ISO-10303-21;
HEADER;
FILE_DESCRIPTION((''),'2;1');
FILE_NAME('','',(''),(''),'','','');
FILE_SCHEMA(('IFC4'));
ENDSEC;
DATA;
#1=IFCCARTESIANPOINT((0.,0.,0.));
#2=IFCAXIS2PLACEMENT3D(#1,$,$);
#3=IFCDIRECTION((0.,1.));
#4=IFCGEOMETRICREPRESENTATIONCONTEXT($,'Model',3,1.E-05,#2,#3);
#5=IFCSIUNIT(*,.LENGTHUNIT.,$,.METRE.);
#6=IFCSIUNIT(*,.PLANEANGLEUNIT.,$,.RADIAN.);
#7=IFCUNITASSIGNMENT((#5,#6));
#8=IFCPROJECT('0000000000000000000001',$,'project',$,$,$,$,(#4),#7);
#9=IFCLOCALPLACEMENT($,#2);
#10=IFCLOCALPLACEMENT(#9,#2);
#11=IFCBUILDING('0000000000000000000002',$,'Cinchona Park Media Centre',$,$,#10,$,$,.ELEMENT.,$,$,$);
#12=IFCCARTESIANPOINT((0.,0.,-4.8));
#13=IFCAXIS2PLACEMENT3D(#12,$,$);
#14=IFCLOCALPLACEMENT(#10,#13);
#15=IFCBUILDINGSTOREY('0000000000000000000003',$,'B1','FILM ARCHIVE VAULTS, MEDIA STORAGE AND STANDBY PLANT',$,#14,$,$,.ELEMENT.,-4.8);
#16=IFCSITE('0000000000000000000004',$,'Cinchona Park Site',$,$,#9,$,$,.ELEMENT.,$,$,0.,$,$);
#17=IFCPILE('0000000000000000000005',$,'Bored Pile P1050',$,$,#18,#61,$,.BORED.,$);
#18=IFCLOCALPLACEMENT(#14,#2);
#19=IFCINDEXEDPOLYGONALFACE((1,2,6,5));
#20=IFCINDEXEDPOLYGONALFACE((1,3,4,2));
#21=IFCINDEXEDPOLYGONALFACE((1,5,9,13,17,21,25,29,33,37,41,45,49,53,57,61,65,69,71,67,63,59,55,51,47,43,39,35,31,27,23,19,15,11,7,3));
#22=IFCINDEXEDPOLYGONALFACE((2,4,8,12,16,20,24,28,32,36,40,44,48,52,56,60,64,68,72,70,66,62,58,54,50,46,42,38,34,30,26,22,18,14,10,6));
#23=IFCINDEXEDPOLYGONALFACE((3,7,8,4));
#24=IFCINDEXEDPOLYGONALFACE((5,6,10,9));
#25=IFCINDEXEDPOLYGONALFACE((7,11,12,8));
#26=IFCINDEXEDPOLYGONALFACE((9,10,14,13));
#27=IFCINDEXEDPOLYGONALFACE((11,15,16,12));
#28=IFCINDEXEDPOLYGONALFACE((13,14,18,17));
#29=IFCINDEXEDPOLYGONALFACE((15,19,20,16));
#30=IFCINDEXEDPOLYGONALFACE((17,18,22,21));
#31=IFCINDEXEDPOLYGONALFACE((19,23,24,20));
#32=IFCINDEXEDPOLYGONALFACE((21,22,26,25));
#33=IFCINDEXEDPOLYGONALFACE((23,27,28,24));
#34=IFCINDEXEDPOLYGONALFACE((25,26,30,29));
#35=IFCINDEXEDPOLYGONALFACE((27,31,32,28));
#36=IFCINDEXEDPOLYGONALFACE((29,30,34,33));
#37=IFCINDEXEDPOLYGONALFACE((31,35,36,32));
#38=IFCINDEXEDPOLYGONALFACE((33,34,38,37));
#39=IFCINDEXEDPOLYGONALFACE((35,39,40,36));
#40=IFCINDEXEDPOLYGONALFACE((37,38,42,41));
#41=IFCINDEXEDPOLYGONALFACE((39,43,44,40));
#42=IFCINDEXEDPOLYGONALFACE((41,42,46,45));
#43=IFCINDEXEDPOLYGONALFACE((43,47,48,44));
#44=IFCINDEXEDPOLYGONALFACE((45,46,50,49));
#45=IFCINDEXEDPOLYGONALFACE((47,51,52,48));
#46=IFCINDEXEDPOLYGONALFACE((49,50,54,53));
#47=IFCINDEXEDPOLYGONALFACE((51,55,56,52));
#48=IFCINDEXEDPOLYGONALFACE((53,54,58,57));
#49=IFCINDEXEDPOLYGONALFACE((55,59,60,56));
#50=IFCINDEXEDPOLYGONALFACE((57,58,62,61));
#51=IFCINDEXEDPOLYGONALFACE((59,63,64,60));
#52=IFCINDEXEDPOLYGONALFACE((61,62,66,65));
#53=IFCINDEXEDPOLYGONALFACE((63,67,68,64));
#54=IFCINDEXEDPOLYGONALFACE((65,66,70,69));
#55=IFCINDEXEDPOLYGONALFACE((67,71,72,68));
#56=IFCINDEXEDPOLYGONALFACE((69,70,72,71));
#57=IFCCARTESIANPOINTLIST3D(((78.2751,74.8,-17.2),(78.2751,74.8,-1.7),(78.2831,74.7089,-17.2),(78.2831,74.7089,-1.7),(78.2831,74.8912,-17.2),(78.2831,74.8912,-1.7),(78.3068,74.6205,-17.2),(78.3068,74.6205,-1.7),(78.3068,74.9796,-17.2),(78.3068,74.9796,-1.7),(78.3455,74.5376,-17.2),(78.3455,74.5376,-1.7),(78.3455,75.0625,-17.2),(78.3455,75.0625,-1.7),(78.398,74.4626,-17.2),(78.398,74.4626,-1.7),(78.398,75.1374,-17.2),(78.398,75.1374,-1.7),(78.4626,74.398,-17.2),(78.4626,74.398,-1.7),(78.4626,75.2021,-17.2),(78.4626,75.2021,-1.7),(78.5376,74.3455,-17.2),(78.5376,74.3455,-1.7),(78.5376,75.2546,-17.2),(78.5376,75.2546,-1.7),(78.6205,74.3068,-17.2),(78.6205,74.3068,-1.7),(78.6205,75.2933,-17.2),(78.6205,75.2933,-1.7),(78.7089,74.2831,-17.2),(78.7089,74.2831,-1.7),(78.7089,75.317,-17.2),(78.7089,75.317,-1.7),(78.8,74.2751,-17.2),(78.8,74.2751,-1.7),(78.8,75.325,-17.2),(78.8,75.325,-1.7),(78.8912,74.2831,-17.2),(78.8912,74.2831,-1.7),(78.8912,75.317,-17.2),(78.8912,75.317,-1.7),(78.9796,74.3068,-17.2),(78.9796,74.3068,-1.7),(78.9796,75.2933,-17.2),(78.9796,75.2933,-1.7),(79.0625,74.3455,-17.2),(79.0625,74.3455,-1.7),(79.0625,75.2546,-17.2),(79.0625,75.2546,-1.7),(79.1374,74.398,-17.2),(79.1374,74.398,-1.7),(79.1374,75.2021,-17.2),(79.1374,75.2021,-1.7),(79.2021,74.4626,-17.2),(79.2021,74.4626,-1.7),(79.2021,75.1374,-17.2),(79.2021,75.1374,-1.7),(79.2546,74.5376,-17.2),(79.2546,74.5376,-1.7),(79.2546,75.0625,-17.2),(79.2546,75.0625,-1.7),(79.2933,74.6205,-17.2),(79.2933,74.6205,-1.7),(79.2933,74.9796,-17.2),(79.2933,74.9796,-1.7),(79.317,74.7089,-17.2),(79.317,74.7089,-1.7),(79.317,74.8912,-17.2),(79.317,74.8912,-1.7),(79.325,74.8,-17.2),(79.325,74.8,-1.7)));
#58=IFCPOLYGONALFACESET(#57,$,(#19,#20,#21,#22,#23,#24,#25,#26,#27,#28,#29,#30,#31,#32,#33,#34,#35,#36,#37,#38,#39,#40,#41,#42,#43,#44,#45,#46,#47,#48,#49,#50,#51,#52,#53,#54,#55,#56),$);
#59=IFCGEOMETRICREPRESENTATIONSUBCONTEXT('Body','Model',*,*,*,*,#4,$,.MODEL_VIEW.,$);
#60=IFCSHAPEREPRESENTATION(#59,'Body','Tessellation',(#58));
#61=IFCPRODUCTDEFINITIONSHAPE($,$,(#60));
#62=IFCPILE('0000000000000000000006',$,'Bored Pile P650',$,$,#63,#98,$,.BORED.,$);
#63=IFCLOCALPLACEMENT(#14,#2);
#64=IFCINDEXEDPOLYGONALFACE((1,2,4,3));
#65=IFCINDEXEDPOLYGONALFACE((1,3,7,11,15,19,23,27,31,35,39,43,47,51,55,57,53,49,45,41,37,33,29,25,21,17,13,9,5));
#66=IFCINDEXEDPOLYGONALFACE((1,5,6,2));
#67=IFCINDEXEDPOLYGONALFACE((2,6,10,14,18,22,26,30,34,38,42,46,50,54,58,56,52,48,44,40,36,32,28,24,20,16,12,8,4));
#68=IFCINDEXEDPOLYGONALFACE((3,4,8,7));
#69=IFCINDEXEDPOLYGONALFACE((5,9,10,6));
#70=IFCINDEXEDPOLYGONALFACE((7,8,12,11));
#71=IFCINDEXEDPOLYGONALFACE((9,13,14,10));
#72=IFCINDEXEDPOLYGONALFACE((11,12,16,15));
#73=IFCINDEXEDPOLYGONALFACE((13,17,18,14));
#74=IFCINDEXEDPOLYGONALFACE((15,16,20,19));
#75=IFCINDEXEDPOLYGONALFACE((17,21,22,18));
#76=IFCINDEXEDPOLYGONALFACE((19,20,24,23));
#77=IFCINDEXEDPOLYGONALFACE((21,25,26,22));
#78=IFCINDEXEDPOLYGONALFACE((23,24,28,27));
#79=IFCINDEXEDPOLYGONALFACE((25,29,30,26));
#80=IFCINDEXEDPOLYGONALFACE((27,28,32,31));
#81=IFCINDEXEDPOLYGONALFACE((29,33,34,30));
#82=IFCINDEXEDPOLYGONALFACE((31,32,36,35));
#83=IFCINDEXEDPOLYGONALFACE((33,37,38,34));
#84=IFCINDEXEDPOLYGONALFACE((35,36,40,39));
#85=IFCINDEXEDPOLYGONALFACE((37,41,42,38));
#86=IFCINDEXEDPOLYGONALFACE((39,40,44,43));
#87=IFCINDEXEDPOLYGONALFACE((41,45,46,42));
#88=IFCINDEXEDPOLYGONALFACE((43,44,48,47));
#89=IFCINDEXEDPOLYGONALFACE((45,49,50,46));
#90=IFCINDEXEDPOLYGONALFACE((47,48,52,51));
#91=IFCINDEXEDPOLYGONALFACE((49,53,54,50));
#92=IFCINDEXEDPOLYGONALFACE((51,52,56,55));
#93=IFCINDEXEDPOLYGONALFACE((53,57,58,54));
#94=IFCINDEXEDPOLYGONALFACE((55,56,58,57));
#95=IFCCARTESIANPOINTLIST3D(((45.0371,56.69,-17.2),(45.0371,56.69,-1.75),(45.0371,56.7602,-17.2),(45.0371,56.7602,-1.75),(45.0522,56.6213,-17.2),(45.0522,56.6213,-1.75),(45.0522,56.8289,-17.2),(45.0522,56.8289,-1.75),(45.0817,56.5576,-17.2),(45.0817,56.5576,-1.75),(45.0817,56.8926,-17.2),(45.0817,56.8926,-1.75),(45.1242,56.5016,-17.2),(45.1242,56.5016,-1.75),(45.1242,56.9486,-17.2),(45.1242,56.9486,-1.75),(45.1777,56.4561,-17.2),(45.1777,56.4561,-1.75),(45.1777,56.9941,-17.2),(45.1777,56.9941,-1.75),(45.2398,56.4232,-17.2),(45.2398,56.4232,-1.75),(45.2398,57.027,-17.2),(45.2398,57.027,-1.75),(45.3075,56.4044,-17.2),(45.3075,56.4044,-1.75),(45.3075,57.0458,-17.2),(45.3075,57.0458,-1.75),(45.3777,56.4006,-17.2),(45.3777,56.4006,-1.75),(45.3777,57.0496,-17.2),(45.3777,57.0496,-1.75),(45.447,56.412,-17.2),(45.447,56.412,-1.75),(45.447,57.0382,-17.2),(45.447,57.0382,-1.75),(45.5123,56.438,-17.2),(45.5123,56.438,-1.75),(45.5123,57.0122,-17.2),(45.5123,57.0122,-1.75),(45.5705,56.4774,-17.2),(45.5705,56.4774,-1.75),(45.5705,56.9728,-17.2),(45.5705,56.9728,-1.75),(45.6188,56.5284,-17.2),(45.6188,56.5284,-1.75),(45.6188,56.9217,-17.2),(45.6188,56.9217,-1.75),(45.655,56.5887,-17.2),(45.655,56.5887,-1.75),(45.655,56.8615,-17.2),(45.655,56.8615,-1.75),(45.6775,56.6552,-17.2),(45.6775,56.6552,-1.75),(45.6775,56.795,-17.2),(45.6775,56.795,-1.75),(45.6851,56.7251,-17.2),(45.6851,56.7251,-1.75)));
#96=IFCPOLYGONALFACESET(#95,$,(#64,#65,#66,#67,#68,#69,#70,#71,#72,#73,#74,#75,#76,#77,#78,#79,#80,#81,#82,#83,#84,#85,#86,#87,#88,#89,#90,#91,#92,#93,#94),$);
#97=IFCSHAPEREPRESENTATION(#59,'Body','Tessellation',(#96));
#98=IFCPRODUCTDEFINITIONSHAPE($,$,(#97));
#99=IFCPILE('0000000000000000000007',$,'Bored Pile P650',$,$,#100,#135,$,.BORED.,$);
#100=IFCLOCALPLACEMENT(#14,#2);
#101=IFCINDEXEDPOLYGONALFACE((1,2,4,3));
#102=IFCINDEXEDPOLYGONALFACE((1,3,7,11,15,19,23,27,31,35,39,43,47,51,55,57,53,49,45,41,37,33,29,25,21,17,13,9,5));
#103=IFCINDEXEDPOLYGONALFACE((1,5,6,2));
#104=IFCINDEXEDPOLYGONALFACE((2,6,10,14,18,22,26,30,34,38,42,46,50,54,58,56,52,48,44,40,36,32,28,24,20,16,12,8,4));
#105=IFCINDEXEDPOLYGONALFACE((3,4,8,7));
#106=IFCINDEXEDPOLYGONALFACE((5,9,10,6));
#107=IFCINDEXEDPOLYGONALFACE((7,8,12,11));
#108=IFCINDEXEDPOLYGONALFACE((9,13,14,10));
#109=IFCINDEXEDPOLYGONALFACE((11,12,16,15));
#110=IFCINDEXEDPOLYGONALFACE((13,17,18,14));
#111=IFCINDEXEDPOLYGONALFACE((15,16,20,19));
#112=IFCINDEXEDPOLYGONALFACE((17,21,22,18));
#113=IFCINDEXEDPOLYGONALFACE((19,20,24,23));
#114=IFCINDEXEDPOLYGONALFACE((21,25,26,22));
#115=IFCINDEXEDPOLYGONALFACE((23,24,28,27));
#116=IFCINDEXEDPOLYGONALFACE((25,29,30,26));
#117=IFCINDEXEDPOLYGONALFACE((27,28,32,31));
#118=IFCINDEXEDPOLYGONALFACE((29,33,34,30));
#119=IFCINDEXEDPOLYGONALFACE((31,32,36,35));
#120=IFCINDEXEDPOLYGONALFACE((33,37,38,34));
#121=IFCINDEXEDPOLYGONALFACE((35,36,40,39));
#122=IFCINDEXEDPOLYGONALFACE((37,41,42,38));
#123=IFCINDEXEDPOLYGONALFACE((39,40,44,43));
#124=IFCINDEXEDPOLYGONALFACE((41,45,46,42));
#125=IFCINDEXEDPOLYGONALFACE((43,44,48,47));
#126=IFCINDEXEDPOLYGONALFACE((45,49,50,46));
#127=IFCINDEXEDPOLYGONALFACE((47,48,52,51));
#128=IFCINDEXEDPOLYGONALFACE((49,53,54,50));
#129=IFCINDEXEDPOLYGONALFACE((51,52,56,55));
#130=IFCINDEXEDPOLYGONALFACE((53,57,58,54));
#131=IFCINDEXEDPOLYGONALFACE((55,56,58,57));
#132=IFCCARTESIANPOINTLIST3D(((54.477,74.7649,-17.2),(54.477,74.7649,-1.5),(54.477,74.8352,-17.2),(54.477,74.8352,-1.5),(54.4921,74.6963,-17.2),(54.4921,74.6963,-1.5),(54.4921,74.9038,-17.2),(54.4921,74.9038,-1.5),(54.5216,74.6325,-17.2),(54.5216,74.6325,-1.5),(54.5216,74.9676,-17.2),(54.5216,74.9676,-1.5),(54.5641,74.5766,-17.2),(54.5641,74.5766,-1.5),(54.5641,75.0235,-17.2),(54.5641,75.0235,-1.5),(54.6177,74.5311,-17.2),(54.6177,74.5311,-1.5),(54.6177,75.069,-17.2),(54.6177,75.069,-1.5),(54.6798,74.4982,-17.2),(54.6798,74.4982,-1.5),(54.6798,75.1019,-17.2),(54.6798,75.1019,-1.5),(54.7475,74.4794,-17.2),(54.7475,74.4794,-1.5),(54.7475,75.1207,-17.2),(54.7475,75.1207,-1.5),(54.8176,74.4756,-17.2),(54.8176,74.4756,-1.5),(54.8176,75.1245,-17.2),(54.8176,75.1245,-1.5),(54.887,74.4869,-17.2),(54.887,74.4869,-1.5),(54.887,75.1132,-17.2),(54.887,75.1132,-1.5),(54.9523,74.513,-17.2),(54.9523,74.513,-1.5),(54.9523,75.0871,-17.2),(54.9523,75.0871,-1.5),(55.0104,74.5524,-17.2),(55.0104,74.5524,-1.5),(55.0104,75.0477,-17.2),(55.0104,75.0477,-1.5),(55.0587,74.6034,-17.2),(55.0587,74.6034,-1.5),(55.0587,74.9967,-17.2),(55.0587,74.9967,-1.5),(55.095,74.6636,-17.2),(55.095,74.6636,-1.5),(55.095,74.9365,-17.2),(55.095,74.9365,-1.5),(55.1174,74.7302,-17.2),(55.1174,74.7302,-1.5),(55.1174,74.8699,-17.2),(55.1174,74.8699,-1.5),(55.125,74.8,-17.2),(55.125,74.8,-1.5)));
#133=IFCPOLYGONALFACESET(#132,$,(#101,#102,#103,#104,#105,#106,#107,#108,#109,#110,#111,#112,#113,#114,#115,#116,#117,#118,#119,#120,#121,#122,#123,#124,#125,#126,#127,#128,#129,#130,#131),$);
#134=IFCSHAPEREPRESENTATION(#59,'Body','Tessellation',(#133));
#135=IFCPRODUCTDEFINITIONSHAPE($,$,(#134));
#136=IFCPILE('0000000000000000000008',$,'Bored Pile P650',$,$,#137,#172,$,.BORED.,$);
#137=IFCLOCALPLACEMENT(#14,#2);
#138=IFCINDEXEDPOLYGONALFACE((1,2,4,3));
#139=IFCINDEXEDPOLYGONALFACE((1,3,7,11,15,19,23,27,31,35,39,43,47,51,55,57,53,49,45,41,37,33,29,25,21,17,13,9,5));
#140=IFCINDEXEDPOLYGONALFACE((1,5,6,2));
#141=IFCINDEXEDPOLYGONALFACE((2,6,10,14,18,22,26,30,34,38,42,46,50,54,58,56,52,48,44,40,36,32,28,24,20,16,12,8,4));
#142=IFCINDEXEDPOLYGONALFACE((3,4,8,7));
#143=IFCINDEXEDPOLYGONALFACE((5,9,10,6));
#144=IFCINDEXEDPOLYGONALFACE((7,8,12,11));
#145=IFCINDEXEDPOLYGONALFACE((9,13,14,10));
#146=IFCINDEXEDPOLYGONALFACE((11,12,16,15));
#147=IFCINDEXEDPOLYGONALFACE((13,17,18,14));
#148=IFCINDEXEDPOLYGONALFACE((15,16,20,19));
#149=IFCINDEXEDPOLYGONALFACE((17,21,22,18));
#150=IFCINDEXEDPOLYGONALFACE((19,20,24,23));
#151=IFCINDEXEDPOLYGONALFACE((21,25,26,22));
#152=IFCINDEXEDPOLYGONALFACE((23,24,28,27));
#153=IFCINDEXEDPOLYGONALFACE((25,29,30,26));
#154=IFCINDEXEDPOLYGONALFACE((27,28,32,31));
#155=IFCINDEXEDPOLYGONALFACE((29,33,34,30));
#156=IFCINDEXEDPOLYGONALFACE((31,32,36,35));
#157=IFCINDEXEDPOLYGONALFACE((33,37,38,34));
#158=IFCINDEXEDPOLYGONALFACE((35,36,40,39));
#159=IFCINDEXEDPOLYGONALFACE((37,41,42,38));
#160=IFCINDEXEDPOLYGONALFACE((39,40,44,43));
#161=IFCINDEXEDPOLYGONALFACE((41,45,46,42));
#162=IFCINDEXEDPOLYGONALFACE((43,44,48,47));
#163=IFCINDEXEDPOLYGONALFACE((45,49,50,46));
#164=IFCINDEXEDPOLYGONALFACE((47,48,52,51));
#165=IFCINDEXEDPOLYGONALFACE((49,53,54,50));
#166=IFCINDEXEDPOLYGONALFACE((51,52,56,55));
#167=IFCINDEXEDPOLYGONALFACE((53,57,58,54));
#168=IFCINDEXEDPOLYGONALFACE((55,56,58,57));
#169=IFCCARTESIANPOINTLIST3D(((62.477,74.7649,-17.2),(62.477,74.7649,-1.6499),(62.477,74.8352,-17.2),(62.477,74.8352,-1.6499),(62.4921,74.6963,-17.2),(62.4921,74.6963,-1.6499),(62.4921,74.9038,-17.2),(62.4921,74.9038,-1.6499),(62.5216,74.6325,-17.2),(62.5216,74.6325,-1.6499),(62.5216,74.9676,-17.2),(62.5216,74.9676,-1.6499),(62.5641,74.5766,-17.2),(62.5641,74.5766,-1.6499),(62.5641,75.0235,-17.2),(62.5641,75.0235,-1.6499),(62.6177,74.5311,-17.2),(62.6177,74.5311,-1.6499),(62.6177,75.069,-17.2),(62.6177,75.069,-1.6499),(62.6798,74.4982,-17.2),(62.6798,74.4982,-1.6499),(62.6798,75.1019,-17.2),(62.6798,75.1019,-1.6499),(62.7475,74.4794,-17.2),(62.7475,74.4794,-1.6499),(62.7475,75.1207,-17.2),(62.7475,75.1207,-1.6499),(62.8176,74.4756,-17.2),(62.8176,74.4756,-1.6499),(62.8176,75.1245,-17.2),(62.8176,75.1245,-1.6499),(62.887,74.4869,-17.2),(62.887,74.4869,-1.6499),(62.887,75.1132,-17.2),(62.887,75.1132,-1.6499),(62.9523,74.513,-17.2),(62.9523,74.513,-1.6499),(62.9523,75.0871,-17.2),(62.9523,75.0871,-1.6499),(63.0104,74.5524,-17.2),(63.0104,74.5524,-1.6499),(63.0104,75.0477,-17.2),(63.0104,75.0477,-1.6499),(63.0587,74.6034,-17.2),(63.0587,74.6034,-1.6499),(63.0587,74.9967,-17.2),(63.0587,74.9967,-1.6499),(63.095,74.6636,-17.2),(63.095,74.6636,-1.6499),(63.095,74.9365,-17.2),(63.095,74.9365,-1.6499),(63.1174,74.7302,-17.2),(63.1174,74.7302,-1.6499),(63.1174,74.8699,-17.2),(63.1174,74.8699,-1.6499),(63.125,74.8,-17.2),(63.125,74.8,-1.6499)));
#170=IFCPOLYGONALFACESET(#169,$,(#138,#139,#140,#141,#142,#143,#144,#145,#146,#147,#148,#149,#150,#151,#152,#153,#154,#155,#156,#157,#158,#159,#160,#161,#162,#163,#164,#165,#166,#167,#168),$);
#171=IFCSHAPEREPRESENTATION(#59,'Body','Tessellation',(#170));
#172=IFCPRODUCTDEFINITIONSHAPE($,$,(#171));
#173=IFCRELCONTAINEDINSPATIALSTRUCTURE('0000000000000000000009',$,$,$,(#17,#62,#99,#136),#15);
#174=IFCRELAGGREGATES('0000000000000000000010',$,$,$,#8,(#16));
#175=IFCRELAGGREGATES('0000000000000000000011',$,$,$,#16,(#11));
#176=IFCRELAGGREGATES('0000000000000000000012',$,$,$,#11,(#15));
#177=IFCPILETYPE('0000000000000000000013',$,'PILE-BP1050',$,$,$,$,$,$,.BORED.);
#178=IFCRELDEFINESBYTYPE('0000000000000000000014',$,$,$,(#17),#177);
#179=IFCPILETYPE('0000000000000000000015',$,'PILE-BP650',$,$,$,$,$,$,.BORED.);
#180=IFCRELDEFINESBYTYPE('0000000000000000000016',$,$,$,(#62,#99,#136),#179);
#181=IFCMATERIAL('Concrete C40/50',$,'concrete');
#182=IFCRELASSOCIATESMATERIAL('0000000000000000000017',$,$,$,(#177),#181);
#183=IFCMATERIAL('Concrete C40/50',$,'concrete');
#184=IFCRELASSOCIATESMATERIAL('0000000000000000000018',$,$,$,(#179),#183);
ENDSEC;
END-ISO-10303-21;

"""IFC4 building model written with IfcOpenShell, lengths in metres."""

from ifc_helpers import new_model, si_unit, direction, frame, origin, origin_2d, place, context, subcontext, project, spatial, circle, extrude, material, material_profile, profile_set, type_object, element, save


model = new_model("IFC4")

# Units and contexts
model_context = context("Model", 3, precision=1e-05, world=origin(), true_north=direction((0.0, 1.0)))
body_context = subcontext(model_context, "Body", "Model", "MODEL_VIEW")
ifc_project = project(units=[si_unit("LENGTHUNIT", "METRE"), si_unit("PLANEANGLEUNIT", "RADIAN")], contexts=[model_context])

# Site, building, storey
site_placement = place(None, origin())
site = spatial("IfcSite", under=ifc_project, at=site_placement, Name="Cinchona Park Site", CompositionType="ELEMENT", RefElevation=0.0)
building_placement = place(site_placement, origin())
building = spatial("IfcBuilding", under=site, at=building_placement, Name="Cinchona Park Media Centre", CompositionType="ELEMENT")
storey_placement = place(building_placement, frame((0.0, 0.0, -4.8)))
storey = spatial("IfcBuildingStorey", under=building, at=storey_placement, Name="B1", Description="FILM ARCHIVE VAULTS, MEDIA STORAGE AND STANDBY PLANT", CompositionType="ELEMENT", Elevation=-4.8)

# Piles
ifc_material_1 = material(Name="Concrete C40/50", Category="concrete")
ifc_material_profile_1 = material_profile(ifc_material_1, circle(Radius=0.5249, at=origin_2d()), Name="BORED PILE 1050")
ifc_profile_set_1 = profile_set([ifc_material_profile_1], Name="Concrete C40/50")
pile_type_1 = type_object("IfcPileType", Name="PILE-BP1050", PredefinedType="BORED", material=ifc_profile_set_1)
pile_1_placement = place(storey_placement, frame((78.8, 74.8, -1.7), z_axis=(0.0, 0.0, -1.0), x_axis=(1.0, 0.0, 0.0)))
element("IfcPile", 1, at=pile_1_placement, inside=storey, type_object=pile_type_1, Name="Bored Pile P1050", PredefinedType="BORED", context=body_context, shape_type="SweptSolid", body=[
    extrude(circle(Radius=0.5249, at=origin_2d()), origin(), (0.0, 0.0, 1.0), 15.5),
])
ifc_material_2 = material(Name="Concrete C40/50", Category="concrete")
ifc_material_profile_2 = material_profile(ifc_material_2, circle(Radius=0.325, at=origin_2d()), Name="BORED PILE 650")
ifc_profile_set_2 = profile_set([ifc_material_profile_2], Name="Concrete C40/50")
pile_type_2 = type_object("IfcPileType", Name="PILE-BP650", PredefinedType="BORED", material=ifc_profile_set_2)
pile_2_placement = place(storey_placement, frame((45.3601, 56.7251, -1.75), z_axis=(0.0, 0.0, -1.0), x_axis=(1.0, 0.0, 0.0)))
element("IfcPile", 2, at=pile_2_placement, inside=storey, type_object=pile_type_2, Name="Bored Pile P650", PredefinedType="BORED", context=body_context, shape_type="SweptSolid", body=[
    extrude(circle(Radius=0.325, at=origin_2d()), origin(), (0.0, 0.0, 1.0), 15.45),
])
pile_3_placement = place(storey_placement, frame((54.8, 74.8, -1.5), z_axis=(0.0, 0.0, -1.0), x_axis=(1.0, 0.0, 0.0)))
element("IfcPile", 3, at=pile_3_placement, inside=storey, type_object=pile_type_2, Name="Bored Pile P650", PredefinedType="BORED", context=body_context, shape_type="SweptSolid", body=[
    extrude(circle(Radius=0.325, at=origin_2d()), origin(), (0.0, 0.0, 1.0), 15.7),
])
pile_4_placement = place(storey_placement, frame((62.8, 74.8, -1.6499), z_axis=(0.0, 0.0, -1.0), x_axis=(1.0, 0.0, 0.0)))
element("IfcPile", 4, at=pile_4_placement, inside=storey, type_object=pile_type_2, Name="Bored Pile P650", PredefinedType="BORED", context=body_context, shape_type="SweptSolid", body=[
    extrude(circle(Radius=0.325, at=origin_2d()), origin(), (0.0, 0.0, 1.0), 15.55),
])

save(model, "model.ifc")
